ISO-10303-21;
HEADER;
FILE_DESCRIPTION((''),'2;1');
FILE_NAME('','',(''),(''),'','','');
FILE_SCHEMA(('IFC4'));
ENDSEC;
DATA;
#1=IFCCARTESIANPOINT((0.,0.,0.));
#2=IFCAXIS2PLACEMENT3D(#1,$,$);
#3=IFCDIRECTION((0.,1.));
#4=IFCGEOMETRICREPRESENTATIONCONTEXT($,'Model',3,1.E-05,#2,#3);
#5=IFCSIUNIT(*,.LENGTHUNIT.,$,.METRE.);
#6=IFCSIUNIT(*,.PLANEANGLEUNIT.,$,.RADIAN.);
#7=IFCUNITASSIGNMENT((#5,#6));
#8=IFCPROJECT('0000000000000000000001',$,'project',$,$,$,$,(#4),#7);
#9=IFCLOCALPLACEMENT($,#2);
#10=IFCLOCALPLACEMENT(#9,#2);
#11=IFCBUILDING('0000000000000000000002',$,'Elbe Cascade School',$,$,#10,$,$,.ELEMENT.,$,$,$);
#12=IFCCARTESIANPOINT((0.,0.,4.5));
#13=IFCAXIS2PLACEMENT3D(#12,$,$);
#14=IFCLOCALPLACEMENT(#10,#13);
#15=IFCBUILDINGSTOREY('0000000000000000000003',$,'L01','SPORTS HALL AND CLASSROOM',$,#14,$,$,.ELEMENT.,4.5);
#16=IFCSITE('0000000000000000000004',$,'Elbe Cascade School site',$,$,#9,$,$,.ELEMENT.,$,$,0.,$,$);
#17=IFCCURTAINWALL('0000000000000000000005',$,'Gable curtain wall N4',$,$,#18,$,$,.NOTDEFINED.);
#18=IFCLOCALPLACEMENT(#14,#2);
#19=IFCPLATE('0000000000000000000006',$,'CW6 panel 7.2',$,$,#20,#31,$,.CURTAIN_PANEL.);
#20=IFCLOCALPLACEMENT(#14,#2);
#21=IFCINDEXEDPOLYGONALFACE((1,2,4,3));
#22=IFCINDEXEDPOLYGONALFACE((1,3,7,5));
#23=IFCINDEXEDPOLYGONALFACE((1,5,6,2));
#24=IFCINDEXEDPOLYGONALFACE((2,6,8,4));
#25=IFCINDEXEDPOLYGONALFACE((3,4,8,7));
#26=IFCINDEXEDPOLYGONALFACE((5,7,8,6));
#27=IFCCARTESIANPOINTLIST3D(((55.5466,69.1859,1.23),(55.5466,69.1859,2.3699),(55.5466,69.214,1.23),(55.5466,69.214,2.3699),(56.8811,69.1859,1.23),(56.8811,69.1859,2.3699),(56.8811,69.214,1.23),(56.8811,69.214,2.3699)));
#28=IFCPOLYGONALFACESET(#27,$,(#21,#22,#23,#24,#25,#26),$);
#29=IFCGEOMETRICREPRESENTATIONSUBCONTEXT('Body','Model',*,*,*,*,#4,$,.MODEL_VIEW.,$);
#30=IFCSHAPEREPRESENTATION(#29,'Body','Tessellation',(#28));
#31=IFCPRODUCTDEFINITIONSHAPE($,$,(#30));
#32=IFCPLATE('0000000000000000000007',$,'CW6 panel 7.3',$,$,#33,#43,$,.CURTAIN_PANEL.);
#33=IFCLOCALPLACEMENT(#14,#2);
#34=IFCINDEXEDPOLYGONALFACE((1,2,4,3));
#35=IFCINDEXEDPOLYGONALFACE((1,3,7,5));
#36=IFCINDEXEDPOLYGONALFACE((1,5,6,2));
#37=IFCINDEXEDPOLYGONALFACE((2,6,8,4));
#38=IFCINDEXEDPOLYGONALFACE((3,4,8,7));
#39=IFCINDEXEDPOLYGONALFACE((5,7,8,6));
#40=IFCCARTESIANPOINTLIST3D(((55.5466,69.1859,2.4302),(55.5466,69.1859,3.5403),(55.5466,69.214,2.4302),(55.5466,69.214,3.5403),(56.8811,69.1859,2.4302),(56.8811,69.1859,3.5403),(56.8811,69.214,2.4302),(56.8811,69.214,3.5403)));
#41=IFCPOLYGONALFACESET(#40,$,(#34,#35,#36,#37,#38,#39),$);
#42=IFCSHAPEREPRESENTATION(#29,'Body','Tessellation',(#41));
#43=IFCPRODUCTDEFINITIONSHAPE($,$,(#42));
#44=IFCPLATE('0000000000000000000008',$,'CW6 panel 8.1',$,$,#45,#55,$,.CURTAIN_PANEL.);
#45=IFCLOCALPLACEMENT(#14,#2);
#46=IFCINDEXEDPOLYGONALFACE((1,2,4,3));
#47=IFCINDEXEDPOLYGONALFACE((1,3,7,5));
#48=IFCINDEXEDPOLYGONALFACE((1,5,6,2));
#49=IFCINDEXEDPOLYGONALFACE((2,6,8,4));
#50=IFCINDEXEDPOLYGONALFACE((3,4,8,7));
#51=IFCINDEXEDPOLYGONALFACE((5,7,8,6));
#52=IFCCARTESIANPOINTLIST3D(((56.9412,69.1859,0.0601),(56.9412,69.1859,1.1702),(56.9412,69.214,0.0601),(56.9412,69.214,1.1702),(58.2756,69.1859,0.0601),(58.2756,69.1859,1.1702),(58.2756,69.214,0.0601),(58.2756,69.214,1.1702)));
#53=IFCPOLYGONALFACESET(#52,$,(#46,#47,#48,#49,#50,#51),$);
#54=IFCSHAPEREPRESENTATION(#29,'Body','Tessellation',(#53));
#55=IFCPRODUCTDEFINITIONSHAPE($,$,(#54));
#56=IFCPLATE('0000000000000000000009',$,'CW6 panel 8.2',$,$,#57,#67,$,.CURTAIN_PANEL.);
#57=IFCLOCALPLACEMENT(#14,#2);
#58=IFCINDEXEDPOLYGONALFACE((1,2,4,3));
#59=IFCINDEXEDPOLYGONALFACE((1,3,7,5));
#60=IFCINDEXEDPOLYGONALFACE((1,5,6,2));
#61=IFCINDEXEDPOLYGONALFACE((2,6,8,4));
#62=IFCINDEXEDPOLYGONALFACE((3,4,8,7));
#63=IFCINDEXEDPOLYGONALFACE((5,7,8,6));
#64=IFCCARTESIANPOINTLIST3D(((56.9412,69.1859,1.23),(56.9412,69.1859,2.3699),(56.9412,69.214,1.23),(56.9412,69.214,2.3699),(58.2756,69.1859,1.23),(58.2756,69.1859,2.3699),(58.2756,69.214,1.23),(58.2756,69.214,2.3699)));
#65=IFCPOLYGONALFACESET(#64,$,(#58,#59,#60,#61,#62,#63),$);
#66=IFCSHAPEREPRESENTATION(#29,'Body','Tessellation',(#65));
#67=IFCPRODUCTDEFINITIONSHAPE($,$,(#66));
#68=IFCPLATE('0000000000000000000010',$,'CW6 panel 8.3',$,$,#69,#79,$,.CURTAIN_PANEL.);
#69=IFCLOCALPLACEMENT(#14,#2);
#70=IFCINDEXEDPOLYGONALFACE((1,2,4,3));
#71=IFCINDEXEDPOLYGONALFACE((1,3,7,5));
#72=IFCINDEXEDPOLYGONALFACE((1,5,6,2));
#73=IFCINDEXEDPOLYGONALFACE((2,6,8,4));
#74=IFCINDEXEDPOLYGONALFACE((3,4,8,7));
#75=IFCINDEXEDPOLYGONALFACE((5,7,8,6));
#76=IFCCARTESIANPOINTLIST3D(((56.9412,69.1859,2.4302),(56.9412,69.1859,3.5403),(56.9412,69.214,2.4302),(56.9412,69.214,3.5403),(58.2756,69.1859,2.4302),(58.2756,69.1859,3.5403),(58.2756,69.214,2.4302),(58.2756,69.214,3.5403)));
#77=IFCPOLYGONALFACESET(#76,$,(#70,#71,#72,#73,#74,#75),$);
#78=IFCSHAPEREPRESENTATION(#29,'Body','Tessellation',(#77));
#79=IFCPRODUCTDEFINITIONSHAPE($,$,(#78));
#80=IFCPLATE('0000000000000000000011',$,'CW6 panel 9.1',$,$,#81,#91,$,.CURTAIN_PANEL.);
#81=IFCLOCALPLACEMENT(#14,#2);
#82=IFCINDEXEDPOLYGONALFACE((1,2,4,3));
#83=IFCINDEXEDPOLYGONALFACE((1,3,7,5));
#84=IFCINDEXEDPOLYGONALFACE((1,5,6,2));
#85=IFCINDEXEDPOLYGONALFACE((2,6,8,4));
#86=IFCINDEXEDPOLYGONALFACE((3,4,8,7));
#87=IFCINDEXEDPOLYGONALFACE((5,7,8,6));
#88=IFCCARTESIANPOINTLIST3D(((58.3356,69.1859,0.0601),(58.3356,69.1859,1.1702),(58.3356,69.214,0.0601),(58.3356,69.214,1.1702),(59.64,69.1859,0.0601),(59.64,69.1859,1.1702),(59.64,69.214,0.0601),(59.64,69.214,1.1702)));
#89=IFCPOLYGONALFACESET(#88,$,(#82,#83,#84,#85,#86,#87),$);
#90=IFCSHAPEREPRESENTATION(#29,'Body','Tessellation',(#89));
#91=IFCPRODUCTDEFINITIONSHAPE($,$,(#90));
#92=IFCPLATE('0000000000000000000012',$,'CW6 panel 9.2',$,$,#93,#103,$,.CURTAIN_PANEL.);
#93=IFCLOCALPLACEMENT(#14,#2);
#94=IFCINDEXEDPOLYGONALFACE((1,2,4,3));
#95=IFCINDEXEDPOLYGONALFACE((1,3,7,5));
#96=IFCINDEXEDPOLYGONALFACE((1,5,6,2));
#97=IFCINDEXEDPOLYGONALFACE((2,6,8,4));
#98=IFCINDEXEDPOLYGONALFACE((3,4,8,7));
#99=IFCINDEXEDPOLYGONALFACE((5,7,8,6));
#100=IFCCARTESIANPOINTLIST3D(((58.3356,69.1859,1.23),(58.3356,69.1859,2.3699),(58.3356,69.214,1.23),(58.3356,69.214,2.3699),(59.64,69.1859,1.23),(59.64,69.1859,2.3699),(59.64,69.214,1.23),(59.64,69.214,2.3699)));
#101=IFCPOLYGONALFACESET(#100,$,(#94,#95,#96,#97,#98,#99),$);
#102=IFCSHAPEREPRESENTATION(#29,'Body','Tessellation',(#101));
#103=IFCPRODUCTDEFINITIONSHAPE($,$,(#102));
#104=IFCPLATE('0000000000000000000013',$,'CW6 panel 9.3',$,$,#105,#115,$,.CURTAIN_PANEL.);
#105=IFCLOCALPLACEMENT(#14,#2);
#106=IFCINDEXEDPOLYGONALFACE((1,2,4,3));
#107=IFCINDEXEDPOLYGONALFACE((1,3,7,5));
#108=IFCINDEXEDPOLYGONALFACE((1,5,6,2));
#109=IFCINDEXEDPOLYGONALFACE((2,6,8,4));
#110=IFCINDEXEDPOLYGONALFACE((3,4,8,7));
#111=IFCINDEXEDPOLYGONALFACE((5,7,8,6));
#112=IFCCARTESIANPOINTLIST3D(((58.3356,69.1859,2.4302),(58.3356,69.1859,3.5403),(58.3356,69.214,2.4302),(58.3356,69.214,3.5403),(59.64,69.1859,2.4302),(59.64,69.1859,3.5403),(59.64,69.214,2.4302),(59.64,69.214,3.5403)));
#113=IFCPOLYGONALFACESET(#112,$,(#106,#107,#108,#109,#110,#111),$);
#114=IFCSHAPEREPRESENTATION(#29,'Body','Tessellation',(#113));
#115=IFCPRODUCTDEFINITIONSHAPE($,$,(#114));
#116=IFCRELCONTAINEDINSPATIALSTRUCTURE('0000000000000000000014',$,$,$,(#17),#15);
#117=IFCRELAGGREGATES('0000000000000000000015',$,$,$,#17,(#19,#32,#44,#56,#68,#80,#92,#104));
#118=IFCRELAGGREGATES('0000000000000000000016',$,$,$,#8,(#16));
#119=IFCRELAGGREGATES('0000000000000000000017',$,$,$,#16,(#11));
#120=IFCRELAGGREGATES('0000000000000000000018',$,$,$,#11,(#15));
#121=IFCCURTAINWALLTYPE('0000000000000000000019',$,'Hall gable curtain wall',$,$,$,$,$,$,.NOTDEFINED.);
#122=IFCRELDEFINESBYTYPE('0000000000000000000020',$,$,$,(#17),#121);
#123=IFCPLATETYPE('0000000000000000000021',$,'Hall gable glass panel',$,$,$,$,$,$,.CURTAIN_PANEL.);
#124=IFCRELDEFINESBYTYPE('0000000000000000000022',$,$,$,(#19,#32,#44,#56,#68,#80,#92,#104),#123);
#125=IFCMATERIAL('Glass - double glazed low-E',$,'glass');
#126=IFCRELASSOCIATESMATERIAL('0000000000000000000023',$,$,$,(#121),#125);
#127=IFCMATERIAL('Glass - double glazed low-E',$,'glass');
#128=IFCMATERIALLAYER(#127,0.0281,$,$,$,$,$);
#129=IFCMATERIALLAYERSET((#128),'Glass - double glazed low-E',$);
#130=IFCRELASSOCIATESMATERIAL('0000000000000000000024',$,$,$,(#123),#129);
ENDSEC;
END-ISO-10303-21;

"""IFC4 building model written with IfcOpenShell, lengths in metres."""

from ifc_helpers import new_model, si_unit, direction, frame, origin, origin_2d, place, context, subcontext, project, spatial, rectangle, extrude, material, layer, layer_set, type_object, element, aggregate, save


model = new_model("IFC4")

# Units and contexts
model_context = context("Model", 3, precision=1e-05, world=origin(), true_north=direction((0.0, 1.0)))
body_context = subcontext(model_context, "Body", "Model", "MODEL_VIEW")
ifc_project = project(units=[si_unit("LENGTHUNIT", "METRE"), si_unit("PLANEANGLEUNIT", "RADIAN")], contexts=[model_context])

# Site, building, storey
site_placement = place(None, origin())
site = spatial("IfcSite", under=ifc_project, at=site_placement, Name="Elbe Cascade School site", CompositionType="ELEMENT", RefElevation=0.0)
building_placement = place(site_placement, origin())
building = spatial("IfcBuilding", under=site, at=building_placement, Name="Elbe Cascade School", CompositionType="ELEMENT")
storey_placement = place(building_placement, frame((0.0, 0.0, 4.5)))
storey = spatial("IfcBuildingStorey", under=building, at=storey_placement, Name="L01", Description="SPORTS HALL AND CLASSROOM", CompositionType="ELEMENT", Elevation=4.5)

# Curtain wall, plates
ifc_material_1 = material(Name="Glass - double glazed low-E", Category="glass")
curtain_wall_type = type_object("IfcCurtainWallType", Name="Hall gable curtain wall", PredefinedType="NOTDEFINED", material=ifc_material_1)
curtain_wall_placement = place(storey_placement, origin())
curtain_wall = element("IfcCurtainWall", 1, at=curtain_wall_placement, inside=storey, type_object=curtain_wall_type, Name="Gable curtain wall N4", PredefinedType="NOTDEFINED")
ifc_material_2 = material(Name="Glass - double glazed low-E", Category="glass")
ifc_layer = layer(ifc_material_2, 0.0281)
ifc_layer_set = layer_set([ifc_layer], Name="Glass - double glazed low-E")
plate_type = type_object("IfcPlateType", Name="Hall gable glass panel", PredefinedType="CURTAIN_PANEL", material=ifc_layer_set)
plate_1_placement = place(storey_placement, frame((56.2139, 69.2, 1.23), z_axis=(0.0, 0.0, 1.0), x_axis=(1.0, 0.0, 0.0)))
plate_1 = element("IfcPlate", 2, at=plate_1_placement, type_object=plate_type, Name="CW6 panel 7.2", PredefinedType="CURTAIN_PANEL", context=body_context, shape_type="SweptSolid", body=[
    extrude(rectangle(XDim=1.3345, YDim=0.0281, at=origin_2d()), origin(), (0.0, 0.0, 1.0), 1.1399),
])
plate_2_placement = place(storey_placement, frame((56.2139, 69.2, 2.4302), z_axis=(0.0, 0.0, 1.0), x_axis=(1.0, 0.0, 0.0)))
plate_2 = element("IfcPlate", 3, at=plate_2_placement, type_object=plate_type, Name="CW6 panel 7.3", PredefinedType="CURTAIN_PANEL", context=body_context, shape_type="SweptSolid", body=[
    extrude(rectangle(XDim=1.3345, YDim=0.0281, at=origin_2d()), origin(), (0.0, 0.0, 1.0), 1.1101),
])
plate_3_placement = place(storey_placement, frame((57.6084, 69.2, 0.0601), z_axis=(0.0, 0.0, 1.0), x_axis=(1.0, 0.0, 0.0)))
plate_3 = element("IfcPlate", 4, at=plate_3_placement, type_object=plate_type, Name="CW6 panel 8.1", PredefinedType="CURTAIN_PANEL", context=body_context, shape_type="SweptSolid", body=[
    extrude(rectangle(XDim=1.3345, YDim=0.0281, at=origin_2d()), origin(), (0.0, 0.0, 1.0), 1.1101),
])
plate_4_placement = place(storey_placement, frame((57.6084, 69.2, 1.23), z_axis=(0.0, 0.0, 1.0), x_axis=(1.0, 0.0, 0.0)))
plate_4 = element("IfcPlate", 5, at=plate_4_placement, type_object=plate_type, Name="CW6 panel 8.2", PredefinedType="CURTAIN_PANEL", context=body_context, shape_type="SweptSolid", body=[
    extrude(rectangle(XDim=1.3345, YDim=0.0281, at=origin_2d()), origin(), (0.0, 0.0, 1.0), 1.1399),
])
plate_5_placement = place(storey_placement, frame((57.6084, 69.2, 2.4302), z_axis=(0.0, 0.0, 1.0), x_axis=(1.0, 0.0, 0.0)))
plate_5 = element("IfcPlate", 6, at=plate_5_placement, type_object=plate_type, Name="CW6 panel 8.3", PredefinedType="CURTAIN_PANEL", context=body_context, shape_type="SweptSolid", body=[
    extrude(rectangle(XDim=1.3345, YDim=0.0281, at=origin_2d()), origin(), (0.0, 0.0, 1.0), 1.1101),
])
plate_6_placement = place(storey_placement, frame((58.9878, 69.2, 0.0601), z_axis=(0.0, 0.0, 1.0), x_axis=(1.0, 0.0, 0.0)))
plate_6 = element("IfcPlate", 7, at=plate_6_placement, type_object=plate_type, Name="CW6 panel 9.1", PredefinedType="CURTAIN_PANEL", context=body_context, shape_type="SweptSolid", body=[
    extrude(rectangle(XDim=1.3044, YDim=0.0281, at=origin_2d()), origin(), (0.0, 0.0, 1.0), 1.1101),
])
plate_7_placement = place(storey_placement, frame((58.9878, 69.2, 1.23), z_axis=(0.0, 0.0, 1.0), x_axis=(1.0, 0.0, 0.0)))
plate_7 = element("IfcPlate", 8, at=plate_7_placement, type_object=plate_type, Name="CW6 panel 9.2", PredefinedType="CURTAIN_PANEL", context=body_context, shape_type="SweptSolid", body=[
    extrude(rectangle(XDim=1.3044, YDim=0.0281, at=origin_2d()), origin(), (0.0, 0.0, 1.0), 1.1399),
])
plate_8_placement = place(storey_placement, frame((58.9878, 69.2, 2.4302), z_axis=(0.0, 0.0, 1.0), x_axis=(1.0, 0.0, 0.0)))
plate_8 = element("IfcPlate", 9, at=plate_8_placement, type_object=plate_type, Name="CW6 panel 9.3", PredefinedType="CURTAIN_PANEL", context=body_context, shape_type="SweptSolid", body=[
    extrude(rectangle(XDim=1.3044, YDim=0.0281, at=origin_2d()), origin(), (0.0, 0.0, 1.0), 1.1101),
])
aggregate(curtain_wall, [plate_1, plate_2, plate_3, plate_4, plate_5, plate_6, plate_7, plate_8])

save(model, "model.ifc")
